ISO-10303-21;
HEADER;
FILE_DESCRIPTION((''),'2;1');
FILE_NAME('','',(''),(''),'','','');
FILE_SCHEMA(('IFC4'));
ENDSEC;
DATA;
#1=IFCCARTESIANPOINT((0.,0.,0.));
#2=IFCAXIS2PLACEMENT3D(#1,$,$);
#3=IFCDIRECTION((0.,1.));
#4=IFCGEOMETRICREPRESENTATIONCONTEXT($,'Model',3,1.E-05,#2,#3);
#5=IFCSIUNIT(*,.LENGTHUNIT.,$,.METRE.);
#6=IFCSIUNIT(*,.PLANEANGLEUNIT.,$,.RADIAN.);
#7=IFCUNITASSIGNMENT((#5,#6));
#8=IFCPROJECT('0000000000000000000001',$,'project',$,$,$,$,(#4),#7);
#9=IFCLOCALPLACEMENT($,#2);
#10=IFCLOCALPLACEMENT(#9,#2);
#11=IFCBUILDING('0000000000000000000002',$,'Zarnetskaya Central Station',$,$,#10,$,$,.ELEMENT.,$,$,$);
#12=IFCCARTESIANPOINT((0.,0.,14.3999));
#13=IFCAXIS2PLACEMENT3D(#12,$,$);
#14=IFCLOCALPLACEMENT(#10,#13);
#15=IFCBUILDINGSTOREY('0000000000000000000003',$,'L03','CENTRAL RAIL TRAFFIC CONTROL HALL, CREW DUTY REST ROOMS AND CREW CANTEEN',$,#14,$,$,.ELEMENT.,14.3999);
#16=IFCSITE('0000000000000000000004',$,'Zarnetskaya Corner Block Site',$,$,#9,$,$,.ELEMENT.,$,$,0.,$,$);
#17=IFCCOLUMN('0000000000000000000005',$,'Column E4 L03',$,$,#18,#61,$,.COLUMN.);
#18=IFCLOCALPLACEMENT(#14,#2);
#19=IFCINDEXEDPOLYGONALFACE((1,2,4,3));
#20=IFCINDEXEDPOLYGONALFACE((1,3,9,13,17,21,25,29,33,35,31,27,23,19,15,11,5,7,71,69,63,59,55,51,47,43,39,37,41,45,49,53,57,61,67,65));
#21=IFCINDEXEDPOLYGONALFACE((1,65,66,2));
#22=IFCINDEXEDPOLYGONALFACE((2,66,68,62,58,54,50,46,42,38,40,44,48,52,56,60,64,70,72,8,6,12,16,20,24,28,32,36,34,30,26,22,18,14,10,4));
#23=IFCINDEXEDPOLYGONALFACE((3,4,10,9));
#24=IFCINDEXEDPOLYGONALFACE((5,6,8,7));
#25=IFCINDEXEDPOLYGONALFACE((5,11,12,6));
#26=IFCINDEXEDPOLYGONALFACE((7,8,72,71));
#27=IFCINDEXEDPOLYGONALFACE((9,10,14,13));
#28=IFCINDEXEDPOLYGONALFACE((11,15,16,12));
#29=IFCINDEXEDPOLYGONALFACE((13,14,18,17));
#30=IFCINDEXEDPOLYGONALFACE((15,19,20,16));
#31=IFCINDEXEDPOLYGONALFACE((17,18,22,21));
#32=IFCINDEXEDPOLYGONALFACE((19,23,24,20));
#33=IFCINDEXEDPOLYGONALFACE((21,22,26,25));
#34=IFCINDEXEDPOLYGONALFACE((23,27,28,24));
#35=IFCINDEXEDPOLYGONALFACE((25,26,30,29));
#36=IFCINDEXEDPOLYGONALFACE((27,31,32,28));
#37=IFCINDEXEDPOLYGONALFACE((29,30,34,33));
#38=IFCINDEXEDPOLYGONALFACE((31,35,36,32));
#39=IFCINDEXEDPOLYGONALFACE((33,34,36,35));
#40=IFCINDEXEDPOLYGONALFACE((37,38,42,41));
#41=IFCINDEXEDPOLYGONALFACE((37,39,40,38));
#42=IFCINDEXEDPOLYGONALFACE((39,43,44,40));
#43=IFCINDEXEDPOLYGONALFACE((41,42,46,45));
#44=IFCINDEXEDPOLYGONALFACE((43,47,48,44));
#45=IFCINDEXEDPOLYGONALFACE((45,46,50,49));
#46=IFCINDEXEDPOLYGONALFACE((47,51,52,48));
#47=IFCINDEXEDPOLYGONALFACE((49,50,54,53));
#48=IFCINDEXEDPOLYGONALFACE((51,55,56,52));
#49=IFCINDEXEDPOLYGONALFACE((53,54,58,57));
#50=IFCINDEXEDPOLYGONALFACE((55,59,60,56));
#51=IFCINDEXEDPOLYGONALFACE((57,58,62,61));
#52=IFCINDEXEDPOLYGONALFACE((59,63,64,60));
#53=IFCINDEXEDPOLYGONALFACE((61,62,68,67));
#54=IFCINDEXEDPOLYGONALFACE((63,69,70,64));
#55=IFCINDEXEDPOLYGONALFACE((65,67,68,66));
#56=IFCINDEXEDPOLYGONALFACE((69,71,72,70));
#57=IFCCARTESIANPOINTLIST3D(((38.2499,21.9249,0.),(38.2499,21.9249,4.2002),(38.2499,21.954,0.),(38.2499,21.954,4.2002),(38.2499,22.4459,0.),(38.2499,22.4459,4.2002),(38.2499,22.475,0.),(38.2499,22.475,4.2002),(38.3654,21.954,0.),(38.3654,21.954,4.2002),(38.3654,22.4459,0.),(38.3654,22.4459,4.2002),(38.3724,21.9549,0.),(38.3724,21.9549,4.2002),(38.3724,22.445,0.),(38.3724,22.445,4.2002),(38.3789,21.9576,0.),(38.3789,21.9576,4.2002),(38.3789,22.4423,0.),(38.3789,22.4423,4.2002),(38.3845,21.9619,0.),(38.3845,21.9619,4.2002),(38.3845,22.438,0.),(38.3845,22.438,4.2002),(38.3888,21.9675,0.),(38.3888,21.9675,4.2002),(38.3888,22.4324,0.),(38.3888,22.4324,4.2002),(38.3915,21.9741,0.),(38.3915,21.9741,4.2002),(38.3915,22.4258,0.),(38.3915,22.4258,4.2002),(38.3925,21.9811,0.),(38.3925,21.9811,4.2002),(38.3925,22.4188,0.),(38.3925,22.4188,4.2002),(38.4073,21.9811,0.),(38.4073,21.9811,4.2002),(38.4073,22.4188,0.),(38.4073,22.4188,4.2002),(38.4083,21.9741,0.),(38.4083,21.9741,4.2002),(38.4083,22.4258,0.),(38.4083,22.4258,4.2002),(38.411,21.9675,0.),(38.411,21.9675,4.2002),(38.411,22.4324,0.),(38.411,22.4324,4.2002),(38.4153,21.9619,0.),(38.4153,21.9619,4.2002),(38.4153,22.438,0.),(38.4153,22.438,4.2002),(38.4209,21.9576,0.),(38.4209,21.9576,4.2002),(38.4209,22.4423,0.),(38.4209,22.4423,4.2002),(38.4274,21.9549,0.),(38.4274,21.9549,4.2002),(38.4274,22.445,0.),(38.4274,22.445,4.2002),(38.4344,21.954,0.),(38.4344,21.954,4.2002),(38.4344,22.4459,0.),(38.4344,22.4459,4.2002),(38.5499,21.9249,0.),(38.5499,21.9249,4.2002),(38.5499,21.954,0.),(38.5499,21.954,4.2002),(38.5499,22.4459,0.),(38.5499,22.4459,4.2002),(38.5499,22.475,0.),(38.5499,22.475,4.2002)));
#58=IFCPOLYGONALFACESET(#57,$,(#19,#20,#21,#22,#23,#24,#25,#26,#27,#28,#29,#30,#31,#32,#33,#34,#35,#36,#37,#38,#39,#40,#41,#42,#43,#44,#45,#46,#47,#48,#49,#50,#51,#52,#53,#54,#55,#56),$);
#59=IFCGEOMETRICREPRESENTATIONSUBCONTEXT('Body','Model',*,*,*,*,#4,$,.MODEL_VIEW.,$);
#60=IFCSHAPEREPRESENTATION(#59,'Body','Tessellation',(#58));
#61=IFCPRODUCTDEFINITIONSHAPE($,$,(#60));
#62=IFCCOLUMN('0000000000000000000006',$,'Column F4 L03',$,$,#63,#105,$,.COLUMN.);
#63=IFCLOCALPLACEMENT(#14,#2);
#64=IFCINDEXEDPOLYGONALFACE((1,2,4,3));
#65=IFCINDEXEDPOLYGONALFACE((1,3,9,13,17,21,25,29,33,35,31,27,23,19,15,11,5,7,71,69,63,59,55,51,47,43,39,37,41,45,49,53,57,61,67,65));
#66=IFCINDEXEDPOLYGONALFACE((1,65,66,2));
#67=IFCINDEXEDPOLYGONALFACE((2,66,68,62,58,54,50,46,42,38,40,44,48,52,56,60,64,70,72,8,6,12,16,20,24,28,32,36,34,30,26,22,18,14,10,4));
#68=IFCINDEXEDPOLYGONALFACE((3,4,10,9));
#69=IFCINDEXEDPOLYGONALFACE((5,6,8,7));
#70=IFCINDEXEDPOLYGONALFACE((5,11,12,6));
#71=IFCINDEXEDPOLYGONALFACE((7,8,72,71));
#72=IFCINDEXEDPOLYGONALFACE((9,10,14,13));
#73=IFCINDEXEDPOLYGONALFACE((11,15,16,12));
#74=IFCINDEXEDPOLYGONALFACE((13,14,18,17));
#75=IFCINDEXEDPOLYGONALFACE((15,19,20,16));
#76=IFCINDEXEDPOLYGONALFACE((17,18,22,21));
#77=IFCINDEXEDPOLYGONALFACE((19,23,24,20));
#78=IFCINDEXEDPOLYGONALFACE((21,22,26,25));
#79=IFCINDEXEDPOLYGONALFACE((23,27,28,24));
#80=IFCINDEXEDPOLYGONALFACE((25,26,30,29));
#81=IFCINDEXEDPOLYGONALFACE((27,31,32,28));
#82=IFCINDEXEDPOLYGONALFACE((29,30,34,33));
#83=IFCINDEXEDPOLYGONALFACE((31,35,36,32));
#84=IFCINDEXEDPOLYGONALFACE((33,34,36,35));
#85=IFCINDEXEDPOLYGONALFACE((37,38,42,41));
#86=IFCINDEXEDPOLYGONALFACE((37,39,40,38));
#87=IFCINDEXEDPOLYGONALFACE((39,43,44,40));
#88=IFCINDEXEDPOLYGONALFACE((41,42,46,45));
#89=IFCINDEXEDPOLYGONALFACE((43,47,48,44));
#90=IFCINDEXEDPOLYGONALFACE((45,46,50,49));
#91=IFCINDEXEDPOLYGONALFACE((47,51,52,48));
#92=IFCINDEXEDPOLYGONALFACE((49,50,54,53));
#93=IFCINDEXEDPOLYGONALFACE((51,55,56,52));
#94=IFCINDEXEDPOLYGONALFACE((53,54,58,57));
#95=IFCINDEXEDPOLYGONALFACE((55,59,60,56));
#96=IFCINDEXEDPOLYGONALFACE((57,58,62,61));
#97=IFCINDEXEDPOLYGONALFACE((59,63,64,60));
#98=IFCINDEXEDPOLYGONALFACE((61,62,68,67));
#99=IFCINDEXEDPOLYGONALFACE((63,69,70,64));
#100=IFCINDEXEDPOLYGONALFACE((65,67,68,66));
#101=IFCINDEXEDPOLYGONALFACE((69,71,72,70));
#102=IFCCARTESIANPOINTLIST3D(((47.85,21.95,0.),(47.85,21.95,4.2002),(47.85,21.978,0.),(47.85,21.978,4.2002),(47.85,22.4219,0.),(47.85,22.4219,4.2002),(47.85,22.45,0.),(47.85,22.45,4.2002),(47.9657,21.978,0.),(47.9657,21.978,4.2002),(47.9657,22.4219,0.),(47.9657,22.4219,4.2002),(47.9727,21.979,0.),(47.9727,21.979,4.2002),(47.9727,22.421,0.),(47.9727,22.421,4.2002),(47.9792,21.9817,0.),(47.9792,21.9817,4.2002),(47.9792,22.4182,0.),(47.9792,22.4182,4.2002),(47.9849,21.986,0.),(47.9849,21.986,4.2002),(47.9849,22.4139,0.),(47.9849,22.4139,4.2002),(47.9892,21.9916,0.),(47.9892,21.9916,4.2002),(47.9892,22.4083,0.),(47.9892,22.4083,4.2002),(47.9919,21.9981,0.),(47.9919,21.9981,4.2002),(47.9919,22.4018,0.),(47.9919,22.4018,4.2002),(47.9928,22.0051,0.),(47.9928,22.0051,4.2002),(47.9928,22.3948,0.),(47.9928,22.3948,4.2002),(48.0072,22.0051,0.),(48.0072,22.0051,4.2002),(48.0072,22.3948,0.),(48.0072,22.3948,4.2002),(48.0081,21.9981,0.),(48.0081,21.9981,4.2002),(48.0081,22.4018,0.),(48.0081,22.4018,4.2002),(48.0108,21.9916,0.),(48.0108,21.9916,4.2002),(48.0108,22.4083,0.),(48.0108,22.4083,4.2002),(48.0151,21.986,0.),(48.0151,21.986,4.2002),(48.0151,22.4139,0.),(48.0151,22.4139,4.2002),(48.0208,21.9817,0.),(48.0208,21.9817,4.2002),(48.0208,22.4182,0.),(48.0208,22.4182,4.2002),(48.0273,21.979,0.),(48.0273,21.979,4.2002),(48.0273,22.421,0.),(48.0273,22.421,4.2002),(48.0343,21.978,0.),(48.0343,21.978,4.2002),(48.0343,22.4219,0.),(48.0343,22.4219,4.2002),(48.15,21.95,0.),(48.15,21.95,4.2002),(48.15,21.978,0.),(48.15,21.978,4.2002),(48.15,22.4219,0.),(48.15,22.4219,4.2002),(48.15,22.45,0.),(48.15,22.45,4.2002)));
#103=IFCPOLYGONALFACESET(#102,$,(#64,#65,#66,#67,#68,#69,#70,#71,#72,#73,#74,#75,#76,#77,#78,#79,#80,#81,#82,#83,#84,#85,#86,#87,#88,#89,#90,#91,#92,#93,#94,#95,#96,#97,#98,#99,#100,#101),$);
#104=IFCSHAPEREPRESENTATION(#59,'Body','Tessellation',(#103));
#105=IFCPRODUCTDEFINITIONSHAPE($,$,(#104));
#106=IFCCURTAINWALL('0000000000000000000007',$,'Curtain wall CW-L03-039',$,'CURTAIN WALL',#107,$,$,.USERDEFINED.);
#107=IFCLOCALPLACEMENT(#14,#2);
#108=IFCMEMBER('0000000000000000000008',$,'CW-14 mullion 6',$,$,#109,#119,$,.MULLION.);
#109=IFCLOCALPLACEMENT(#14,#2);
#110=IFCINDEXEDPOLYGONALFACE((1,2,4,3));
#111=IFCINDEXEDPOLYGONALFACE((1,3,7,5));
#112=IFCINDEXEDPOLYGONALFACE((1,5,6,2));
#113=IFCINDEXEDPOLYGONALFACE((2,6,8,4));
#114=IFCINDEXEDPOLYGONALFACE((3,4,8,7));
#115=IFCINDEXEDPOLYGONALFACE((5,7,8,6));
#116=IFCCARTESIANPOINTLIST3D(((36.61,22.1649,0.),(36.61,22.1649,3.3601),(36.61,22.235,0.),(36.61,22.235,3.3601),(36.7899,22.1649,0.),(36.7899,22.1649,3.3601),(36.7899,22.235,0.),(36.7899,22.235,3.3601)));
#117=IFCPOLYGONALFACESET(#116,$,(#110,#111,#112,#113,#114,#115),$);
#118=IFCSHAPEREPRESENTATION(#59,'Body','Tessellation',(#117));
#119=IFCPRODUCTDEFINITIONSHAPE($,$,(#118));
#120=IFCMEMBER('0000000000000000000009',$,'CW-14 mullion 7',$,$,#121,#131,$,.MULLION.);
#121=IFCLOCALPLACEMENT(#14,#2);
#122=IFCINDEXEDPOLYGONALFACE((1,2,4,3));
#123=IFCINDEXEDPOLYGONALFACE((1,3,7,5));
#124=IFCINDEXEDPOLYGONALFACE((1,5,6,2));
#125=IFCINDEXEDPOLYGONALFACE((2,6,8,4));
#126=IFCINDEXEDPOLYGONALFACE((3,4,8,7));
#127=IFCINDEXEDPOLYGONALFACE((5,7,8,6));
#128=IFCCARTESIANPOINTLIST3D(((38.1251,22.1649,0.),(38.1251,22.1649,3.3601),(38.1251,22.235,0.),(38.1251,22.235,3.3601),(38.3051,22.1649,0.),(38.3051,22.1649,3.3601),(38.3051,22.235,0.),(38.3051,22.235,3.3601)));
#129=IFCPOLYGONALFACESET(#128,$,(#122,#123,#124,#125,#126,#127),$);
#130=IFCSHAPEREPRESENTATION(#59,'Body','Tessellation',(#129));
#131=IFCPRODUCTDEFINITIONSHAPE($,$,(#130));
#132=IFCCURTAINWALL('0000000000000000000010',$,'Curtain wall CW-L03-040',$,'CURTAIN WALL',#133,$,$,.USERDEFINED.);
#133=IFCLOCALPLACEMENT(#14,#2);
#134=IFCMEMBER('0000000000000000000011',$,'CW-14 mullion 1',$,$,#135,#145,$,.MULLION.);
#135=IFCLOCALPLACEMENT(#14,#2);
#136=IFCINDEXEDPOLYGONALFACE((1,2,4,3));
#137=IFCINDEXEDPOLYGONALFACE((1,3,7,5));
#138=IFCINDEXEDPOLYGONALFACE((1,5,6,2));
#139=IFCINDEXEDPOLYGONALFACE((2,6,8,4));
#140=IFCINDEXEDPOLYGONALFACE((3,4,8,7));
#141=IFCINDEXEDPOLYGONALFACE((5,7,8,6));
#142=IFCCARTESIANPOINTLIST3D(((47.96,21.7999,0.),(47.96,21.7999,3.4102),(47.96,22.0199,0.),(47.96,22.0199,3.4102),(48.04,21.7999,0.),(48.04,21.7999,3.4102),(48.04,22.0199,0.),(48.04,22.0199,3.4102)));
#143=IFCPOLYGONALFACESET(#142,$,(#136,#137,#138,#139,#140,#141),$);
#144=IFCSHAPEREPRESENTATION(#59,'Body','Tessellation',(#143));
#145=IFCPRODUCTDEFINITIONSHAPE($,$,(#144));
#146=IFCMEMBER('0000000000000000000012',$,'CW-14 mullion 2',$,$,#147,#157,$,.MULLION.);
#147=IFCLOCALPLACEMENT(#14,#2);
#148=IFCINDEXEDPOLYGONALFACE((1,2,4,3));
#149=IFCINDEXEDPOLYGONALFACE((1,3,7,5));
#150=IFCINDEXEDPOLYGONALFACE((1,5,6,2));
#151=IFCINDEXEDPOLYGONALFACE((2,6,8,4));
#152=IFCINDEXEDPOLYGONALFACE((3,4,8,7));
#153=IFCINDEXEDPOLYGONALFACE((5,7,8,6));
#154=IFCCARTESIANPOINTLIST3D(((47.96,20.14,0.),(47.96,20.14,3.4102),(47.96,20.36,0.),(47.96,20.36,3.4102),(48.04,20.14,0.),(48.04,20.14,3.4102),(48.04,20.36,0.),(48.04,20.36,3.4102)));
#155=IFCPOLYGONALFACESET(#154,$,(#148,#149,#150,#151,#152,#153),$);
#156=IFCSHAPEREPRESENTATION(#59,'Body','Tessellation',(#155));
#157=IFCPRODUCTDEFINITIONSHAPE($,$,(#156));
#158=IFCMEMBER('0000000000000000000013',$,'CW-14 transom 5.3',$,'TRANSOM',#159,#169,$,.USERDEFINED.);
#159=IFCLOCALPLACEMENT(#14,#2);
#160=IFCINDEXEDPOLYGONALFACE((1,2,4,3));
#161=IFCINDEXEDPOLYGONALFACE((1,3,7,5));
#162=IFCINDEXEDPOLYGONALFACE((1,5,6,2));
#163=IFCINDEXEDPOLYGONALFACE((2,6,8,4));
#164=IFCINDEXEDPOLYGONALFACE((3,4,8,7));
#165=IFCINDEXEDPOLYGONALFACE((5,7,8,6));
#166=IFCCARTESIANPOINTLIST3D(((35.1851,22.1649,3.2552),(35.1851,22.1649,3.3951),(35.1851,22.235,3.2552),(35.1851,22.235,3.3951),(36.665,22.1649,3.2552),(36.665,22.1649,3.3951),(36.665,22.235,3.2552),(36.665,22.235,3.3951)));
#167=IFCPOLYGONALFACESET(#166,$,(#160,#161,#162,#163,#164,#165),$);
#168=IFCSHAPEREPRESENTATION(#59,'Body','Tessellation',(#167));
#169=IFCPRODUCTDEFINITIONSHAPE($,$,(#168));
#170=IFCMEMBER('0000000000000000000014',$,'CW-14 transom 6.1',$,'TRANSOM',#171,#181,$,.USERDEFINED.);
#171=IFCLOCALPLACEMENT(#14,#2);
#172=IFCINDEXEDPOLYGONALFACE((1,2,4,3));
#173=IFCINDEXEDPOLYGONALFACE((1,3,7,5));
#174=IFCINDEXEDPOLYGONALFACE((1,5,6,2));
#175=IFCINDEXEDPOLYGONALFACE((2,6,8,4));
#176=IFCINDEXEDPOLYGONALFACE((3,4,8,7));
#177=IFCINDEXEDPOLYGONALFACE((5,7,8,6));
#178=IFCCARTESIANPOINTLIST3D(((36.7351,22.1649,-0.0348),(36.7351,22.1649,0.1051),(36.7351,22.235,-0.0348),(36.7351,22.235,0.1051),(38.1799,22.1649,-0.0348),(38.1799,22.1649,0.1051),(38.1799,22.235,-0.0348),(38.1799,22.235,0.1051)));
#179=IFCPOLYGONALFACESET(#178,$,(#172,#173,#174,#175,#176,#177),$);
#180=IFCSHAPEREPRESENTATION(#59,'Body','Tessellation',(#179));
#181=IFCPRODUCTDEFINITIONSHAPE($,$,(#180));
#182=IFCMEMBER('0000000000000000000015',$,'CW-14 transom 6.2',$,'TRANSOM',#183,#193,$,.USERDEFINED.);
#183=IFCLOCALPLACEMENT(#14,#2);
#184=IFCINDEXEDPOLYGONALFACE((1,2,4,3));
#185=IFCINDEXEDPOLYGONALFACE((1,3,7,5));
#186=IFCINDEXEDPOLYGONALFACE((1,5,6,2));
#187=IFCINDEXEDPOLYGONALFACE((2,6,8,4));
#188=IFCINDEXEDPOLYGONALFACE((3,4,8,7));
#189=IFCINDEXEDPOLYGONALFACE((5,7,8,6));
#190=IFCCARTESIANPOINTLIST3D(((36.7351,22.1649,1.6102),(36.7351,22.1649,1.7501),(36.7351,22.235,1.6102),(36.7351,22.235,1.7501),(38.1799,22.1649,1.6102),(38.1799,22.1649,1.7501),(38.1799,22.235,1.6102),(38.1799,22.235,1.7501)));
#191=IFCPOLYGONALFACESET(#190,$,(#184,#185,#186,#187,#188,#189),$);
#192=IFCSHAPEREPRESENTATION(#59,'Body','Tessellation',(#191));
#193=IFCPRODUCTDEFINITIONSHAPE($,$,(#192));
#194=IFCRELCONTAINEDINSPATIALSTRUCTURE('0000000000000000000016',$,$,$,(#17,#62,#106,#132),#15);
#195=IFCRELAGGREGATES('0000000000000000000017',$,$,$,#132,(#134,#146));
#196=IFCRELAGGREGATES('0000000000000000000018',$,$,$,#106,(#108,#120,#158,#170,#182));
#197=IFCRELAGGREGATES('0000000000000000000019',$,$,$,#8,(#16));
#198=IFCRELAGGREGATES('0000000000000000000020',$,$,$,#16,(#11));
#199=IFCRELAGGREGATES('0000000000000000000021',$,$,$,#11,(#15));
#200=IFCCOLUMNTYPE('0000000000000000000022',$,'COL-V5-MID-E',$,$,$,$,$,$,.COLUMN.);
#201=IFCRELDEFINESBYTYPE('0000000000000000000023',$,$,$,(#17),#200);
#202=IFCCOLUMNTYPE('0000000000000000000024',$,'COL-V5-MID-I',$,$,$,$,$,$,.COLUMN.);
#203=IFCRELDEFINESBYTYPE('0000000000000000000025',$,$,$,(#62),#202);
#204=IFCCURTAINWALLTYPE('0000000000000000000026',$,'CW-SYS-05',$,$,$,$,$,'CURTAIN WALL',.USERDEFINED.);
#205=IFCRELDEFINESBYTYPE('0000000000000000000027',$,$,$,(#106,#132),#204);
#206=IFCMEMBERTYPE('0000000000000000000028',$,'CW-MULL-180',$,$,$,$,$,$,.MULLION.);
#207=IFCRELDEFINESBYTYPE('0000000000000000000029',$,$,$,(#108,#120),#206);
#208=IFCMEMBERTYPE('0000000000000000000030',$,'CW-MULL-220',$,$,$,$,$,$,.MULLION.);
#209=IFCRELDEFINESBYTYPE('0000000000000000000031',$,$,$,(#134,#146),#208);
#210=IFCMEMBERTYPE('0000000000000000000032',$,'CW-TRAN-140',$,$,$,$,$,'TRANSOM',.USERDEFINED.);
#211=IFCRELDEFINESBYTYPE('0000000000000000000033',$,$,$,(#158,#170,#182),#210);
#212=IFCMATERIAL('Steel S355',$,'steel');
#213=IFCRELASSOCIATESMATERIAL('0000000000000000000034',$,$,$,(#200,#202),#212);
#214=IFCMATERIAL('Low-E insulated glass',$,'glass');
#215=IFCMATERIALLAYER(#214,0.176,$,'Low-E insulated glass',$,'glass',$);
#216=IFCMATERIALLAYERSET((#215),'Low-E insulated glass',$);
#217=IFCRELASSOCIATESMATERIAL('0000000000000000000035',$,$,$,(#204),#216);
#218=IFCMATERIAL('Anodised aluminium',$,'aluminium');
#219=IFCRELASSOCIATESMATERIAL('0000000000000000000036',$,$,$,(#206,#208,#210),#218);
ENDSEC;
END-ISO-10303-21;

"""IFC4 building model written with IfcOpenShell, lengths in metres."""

from ifc_helpers import new_model, si_unit, direction, frame, origin, origin_2d, place, context, subcontext, project, spatial, rectangle, i_section, extrude, material, layer, layer_set, material_profile, profile_set, type_object, element, aggregate, save


model = new_model("IFC4")

# Units and contexts
model_context = context("Model", 3, precision=1e-05, world=origin(), true_north=direction((0.0, 1.0)))
body_context = subcontext(model_context, "Body", "Model", "MODEL_VIEW")
ifc_project = project(units=[si_unit("LENGTHUNIT", "METRE"), si_unit("PLANEANGLEUNIT", "RADIAN")], contexts=[model_context])

# Site, building, storey
site_placement = place(None, origin())
site = spatial("IfcSite", under=ifc_project, at=site_placement, Name="Zarnetskaya Corner Block Site", CompositionType="ELEMENT", RefElevation=0.0)
building_placement = place(site_placement, origin())
building = spatial("IfcBuilding", under=site, at=building_placement, Name="Zarnetskaya Central Station", CompositionType="ELEMENT")
storey_placement = place(building_placement, frame((0.0, 0.0, 14.3999)))
storey = spatial("IfcBuildingStorey", under=building, at=storey_placement, Name="L03", Description="CENTRAL RAIL TRAFFIC CONTROL HALL, CREW DUTY REST ROOMS AND CREW CANTEEN", CompositionType="ELEMENT", Elevation=14.3999)

# Columns
ifc_material_1 = material(Name="Steel S355", Category="steel")
ifc_material_profile_1 = material_profile(ifc_material_1, i_section(OverallWidth=0.3, OverallDepth=0.55, WebThickness=0.0149, FlangeThickness=0.0291, FilletRadius=0.0271, at=origin_2d()), Name="HEB 550")
ifc_profile_set_1 = profile_set([ifc_material_profile_1], Name="Steel S355")
column_type_1 = type_object("IfcColumnType", Name="COL-V5-MID-E", PredefinedType="COLUMN", material=ifc_profile_set_1)
column_1_placement = place(storey_placement, frame((38.3999, 22.2, 0.0), z_axis=(0.0, 0.0, 1.0), x_axis=(1.0, 0.0, 0.0)))
element("IfcColumn", 1, at=column_1_placement, inside=storey, type_object=column_type_1, Name="Column E4 L03", PredefinedType="COLUMN", context=body_context, shape_type="SweptSolid", body=[
    extrude(i_section(OverallWidth=0.3, OverallDepth=0.55, WebThickness=0.0149, FlangeThickness=0.0291, FilletRadius=0.0271, at=origin_2d()), origin(), (0.0, 0.0, 1.0), 4.2002),
])
ifc_material_profile_2 = material_profile(ifc_material_1, i_section(OverallWidth=0.3, OverallDepth=0.5, WebThickness=0.0144, FlangeThickness=0.0281, FilletRadius=0.0271, at=origin_2d()), Name="HEB 500")
ifc_profile_set_2 = profile_set([ifc_material_profile_2], Name="Steel S355")
column_type_2 = type_object("IfcColumnType", Name="COL-V5-MID-I", PredefinedType="COLUMN", material=ifc_profile_set_2)
column_2_placement = place(storey_placement, frame((48.0, 22.2, 0.0), z_axis=(0.0, 0.0, 1.0), x_axis=(1.0, 0.0, 0.0)))
element("IfcColumn", 2, at=column_2_placement, inside=storey, type_object=column_type_2, Name="Column F4 L03", PredefinedType="COLUMN", context=body_context, shape_type="SweptSolid", body=[
    extrude(i_section(OverallWidth=0.3, OverallDepth=0.5, WebThickness=0.0144, FlangeThickness=0.0281, FilletRadius=0.0271, at=origin_2d()), origin(), (0.0, 0.0, 1.0), 4.2002),
])

# Curtain walls, members
ifc_material_2 = material(Name="Low-E insulated glass", Category="glass")
ifc_layer_1 = layer(ifc_material_2, 0.176, Name="Low-E insulated glass", Category="glass")
ifc_layer_set_1 = layer_set([ifc_layer_1], Name="Low-E insulated glass")
curtain_wall_type = type_object("IfcCurtainWallType", Name="CW-SYS-05", ElementType="CURTAIN WALL", PredefinedType="USERDEFINED", material=ifc_layer_set_1)
curtain_wall_1_placement = place(storey_placement, origin())
curtain_wall_1 = element("IfcCurtainWall", 3, at=curtain_wall_1_placement, inside=storey, type_object=curtain_wall_type, Name="Curtain wall CW-L03-039", ObjectType="CURTAIN WALL", PredefinedType="USERDEFINED")
ifc_material_3 = material(Name="Anodised aluminium", Category="aluminium")
ifc_material_profile_3 = material_profile(ifc_material_3, rectangle(XDim=0.0701, YDim=0.1799, at=origin_2d()), Name="ALU MULL 70x180")
ifc_profile_set_3 = profile_set([ifc_material_profile_3], Name="Anodised aluminium")
member_type_1 = type_object("IfcMemberType", Name="CW-MULL-180", PredefinedType="MULLION", material=ifc_profile_set_3)
member_1_placement = place(storey_placement, frame((36.7, 22.2, 0.0), z_axis=(0.0, 0.0, 1.0), x_axis=(0.0, 1.0, 0.0)))
member_1 = element("IfcMember", 4, at=member_1_placement, type_object=member_type_1, Name="CW-14 mullion 6", PredefinedType="MULLION", context=body_context, shape_type="SweptSolid", body=[
    extrude(rectangle(XDim=0.0701, YDim=0.1799, at=origin_2d()), origin(), (0.0, 0.0, 1.0), 3.3601),
])
member_2_placement = place(storey_placement, frame((38.2151, 22.2, 0.0), z_axis=(0.0, 0.0, 1.0), x_axis=(0.0, 1.0, 0.0)))
member_2 = element("IfcMember", 5, at=member_2_placement, type_object=member_type_1, Name="CW-14 mullion 7", PredefinedType="MULLION", context=body_context, shape_type="SweptSolid", body=[
    extrude(rectangle(XDim=0.0701, YDim=0.1799, at=origin_2d()), origin(), (0.0, 0.0, 1.0), 3.3601),
])
curtain_wall_2_placement = place(storey_placement, origin())
curtain_wall_2 = element("IfcCurtainWall", 6, at=curtain_wall_2_placement, inside=storey, type_object=curtain_wall_type, Name="Curtain wall CW-L03-040", ObjectType="CURTAIN WALL", PredefinedType="USERDEFINED")
ifc_material_profile_4 = material_profile(ifc_material_3, rectangle(XDim=0.0801, YDim=0.22, at=origin_2d()), Name="ALU MULL 80x220")
ifc_profile_set_4 = profile_set([ifc_material_profile_4], Name="Anodised aluminium")
member_type_2 = type_object("IfcMemberType", Name="CW-MULL-220", PredefinedType="MULLION", material=ifc_profile_set_4)
member_3_placement = place(storey_placement, frame((48.0, 21.9099, 0.0), z_axis=(0.0, 0.0, 1.0), x_axis=(1.0, 0.0, 0.0)))
member_3 = element("IfcMember", 7, at=member_3_placement, type_object=member_type_2, Name="CW-14 mullion 1", PredefinedType="MULLION", context=body_context, shape_type="SweptSolid", body=[
    extrude(rectangle(XDim=0.0801, YDim=0.22, at=origin_2d()), origin(), (0.0, 0.0, 1.0), 3.4102),
])
member_4_placement = place(storey_placement, frame((48.0, 20.25, 0.0), z_axis=(0.0, 0.0, 1.0), x_axis=(1.0, 0.0, 0.0)))
member_4 = element("IfcMember", 8, at=member_4_placement, type_object=member_type_2, Name="CW-14 mullion 2", PredefinedType="MULLION", context=body_context, shape_type="SweptSolid", body=[
    extrude(rectangle(XDim=0.0801, YDim=0.22, at=origin_2d()), origin(), (0.0, 0.0, 1.0), 3.4102),
])

# Members
ifc_material_profile_5 = material_profile(ifc_material_3, rectangle(XDim=0.0701, YDim=0.1399, at=origin_2d()), Name="ALU TRAN 70x140")
ifc_profile_set_5 = profile_set([ifc_material_profile_5], Name="Anodised aluminium")
member_type_3 = type_object("IfcMemberType", Name="CW-TRAN-140", ElementType="TRANSOM", PredefinedType="USERDEFINED", material=ifc_profile_set_5)
member_5_placement = place(storey_placement, frame((35.1851, 22.2, 3.3252), z_axis=(1.0, 0.0, 0.0), x_axis=(0.0, 1.0, 0.0)))
member_5 = element("IfcMember", 9, at=member_5_placement, type_object=member_type_3, Name="CW-14 transom 5.3", ObjectType="TRANSOM", PredefinedType="USERDEFINED", context=body_context, shape_type="SweptSolid", body=[
    extrude(rectangle(XDim=0.0701, YDim=0.1399, at=origin_2d()), origin(), (0.0, 0.0, 1.0), 1.48),
])
member_6_placement = place(storey_placement, frame((36.7351, 22.2, 0.0352), z_axis=(1.0, 0.0, 0.0), x_axis=(0.0, 1.0, 0.0)))
member_6 = element("IfcMember", 10, at=member_6_placement, type_object=member_type_3, Name="CW-14 transom 6.1", ObjectType="TRANSOM", PredefinedType="USERDEFINED", context=body_context, shape_type="SweptSolid", body=[
    extrude(rectangle(XDim=0.0701, YDim=0.1399, at=origin_2d()), origin(), (0.0, 0.0, 1.0), 1.4448),
])
member_7_placement = place(storey_placement, frame((36.7351, 22.2, 1.6802), z_axis=(1.0, 0.0, 0.0), x_axis=(0.0, 1.0, 0.0)))
member_7 = element("IfcMember", 11, at=member_7_placement, type_object=member_type_3, Name="CW-14 transom 6.2", ObjectType="TRANSOM", PredefinedType="USERDEFINED", context=body_context, shape_type="SweptSolid", body=[
    extrude(rectangle(XDim=0.0701, YDim=0.1399, at=origin_2d()), origin(), (0.0, 0.0, 1.0), 1.4448),
])

aggregate(curtain_wall_2, [member_3, member_4])
aggregate(curtain_wall_1, [member_1, member_2, member_5, member_6, member_7])

save(model, "model.ifc")
